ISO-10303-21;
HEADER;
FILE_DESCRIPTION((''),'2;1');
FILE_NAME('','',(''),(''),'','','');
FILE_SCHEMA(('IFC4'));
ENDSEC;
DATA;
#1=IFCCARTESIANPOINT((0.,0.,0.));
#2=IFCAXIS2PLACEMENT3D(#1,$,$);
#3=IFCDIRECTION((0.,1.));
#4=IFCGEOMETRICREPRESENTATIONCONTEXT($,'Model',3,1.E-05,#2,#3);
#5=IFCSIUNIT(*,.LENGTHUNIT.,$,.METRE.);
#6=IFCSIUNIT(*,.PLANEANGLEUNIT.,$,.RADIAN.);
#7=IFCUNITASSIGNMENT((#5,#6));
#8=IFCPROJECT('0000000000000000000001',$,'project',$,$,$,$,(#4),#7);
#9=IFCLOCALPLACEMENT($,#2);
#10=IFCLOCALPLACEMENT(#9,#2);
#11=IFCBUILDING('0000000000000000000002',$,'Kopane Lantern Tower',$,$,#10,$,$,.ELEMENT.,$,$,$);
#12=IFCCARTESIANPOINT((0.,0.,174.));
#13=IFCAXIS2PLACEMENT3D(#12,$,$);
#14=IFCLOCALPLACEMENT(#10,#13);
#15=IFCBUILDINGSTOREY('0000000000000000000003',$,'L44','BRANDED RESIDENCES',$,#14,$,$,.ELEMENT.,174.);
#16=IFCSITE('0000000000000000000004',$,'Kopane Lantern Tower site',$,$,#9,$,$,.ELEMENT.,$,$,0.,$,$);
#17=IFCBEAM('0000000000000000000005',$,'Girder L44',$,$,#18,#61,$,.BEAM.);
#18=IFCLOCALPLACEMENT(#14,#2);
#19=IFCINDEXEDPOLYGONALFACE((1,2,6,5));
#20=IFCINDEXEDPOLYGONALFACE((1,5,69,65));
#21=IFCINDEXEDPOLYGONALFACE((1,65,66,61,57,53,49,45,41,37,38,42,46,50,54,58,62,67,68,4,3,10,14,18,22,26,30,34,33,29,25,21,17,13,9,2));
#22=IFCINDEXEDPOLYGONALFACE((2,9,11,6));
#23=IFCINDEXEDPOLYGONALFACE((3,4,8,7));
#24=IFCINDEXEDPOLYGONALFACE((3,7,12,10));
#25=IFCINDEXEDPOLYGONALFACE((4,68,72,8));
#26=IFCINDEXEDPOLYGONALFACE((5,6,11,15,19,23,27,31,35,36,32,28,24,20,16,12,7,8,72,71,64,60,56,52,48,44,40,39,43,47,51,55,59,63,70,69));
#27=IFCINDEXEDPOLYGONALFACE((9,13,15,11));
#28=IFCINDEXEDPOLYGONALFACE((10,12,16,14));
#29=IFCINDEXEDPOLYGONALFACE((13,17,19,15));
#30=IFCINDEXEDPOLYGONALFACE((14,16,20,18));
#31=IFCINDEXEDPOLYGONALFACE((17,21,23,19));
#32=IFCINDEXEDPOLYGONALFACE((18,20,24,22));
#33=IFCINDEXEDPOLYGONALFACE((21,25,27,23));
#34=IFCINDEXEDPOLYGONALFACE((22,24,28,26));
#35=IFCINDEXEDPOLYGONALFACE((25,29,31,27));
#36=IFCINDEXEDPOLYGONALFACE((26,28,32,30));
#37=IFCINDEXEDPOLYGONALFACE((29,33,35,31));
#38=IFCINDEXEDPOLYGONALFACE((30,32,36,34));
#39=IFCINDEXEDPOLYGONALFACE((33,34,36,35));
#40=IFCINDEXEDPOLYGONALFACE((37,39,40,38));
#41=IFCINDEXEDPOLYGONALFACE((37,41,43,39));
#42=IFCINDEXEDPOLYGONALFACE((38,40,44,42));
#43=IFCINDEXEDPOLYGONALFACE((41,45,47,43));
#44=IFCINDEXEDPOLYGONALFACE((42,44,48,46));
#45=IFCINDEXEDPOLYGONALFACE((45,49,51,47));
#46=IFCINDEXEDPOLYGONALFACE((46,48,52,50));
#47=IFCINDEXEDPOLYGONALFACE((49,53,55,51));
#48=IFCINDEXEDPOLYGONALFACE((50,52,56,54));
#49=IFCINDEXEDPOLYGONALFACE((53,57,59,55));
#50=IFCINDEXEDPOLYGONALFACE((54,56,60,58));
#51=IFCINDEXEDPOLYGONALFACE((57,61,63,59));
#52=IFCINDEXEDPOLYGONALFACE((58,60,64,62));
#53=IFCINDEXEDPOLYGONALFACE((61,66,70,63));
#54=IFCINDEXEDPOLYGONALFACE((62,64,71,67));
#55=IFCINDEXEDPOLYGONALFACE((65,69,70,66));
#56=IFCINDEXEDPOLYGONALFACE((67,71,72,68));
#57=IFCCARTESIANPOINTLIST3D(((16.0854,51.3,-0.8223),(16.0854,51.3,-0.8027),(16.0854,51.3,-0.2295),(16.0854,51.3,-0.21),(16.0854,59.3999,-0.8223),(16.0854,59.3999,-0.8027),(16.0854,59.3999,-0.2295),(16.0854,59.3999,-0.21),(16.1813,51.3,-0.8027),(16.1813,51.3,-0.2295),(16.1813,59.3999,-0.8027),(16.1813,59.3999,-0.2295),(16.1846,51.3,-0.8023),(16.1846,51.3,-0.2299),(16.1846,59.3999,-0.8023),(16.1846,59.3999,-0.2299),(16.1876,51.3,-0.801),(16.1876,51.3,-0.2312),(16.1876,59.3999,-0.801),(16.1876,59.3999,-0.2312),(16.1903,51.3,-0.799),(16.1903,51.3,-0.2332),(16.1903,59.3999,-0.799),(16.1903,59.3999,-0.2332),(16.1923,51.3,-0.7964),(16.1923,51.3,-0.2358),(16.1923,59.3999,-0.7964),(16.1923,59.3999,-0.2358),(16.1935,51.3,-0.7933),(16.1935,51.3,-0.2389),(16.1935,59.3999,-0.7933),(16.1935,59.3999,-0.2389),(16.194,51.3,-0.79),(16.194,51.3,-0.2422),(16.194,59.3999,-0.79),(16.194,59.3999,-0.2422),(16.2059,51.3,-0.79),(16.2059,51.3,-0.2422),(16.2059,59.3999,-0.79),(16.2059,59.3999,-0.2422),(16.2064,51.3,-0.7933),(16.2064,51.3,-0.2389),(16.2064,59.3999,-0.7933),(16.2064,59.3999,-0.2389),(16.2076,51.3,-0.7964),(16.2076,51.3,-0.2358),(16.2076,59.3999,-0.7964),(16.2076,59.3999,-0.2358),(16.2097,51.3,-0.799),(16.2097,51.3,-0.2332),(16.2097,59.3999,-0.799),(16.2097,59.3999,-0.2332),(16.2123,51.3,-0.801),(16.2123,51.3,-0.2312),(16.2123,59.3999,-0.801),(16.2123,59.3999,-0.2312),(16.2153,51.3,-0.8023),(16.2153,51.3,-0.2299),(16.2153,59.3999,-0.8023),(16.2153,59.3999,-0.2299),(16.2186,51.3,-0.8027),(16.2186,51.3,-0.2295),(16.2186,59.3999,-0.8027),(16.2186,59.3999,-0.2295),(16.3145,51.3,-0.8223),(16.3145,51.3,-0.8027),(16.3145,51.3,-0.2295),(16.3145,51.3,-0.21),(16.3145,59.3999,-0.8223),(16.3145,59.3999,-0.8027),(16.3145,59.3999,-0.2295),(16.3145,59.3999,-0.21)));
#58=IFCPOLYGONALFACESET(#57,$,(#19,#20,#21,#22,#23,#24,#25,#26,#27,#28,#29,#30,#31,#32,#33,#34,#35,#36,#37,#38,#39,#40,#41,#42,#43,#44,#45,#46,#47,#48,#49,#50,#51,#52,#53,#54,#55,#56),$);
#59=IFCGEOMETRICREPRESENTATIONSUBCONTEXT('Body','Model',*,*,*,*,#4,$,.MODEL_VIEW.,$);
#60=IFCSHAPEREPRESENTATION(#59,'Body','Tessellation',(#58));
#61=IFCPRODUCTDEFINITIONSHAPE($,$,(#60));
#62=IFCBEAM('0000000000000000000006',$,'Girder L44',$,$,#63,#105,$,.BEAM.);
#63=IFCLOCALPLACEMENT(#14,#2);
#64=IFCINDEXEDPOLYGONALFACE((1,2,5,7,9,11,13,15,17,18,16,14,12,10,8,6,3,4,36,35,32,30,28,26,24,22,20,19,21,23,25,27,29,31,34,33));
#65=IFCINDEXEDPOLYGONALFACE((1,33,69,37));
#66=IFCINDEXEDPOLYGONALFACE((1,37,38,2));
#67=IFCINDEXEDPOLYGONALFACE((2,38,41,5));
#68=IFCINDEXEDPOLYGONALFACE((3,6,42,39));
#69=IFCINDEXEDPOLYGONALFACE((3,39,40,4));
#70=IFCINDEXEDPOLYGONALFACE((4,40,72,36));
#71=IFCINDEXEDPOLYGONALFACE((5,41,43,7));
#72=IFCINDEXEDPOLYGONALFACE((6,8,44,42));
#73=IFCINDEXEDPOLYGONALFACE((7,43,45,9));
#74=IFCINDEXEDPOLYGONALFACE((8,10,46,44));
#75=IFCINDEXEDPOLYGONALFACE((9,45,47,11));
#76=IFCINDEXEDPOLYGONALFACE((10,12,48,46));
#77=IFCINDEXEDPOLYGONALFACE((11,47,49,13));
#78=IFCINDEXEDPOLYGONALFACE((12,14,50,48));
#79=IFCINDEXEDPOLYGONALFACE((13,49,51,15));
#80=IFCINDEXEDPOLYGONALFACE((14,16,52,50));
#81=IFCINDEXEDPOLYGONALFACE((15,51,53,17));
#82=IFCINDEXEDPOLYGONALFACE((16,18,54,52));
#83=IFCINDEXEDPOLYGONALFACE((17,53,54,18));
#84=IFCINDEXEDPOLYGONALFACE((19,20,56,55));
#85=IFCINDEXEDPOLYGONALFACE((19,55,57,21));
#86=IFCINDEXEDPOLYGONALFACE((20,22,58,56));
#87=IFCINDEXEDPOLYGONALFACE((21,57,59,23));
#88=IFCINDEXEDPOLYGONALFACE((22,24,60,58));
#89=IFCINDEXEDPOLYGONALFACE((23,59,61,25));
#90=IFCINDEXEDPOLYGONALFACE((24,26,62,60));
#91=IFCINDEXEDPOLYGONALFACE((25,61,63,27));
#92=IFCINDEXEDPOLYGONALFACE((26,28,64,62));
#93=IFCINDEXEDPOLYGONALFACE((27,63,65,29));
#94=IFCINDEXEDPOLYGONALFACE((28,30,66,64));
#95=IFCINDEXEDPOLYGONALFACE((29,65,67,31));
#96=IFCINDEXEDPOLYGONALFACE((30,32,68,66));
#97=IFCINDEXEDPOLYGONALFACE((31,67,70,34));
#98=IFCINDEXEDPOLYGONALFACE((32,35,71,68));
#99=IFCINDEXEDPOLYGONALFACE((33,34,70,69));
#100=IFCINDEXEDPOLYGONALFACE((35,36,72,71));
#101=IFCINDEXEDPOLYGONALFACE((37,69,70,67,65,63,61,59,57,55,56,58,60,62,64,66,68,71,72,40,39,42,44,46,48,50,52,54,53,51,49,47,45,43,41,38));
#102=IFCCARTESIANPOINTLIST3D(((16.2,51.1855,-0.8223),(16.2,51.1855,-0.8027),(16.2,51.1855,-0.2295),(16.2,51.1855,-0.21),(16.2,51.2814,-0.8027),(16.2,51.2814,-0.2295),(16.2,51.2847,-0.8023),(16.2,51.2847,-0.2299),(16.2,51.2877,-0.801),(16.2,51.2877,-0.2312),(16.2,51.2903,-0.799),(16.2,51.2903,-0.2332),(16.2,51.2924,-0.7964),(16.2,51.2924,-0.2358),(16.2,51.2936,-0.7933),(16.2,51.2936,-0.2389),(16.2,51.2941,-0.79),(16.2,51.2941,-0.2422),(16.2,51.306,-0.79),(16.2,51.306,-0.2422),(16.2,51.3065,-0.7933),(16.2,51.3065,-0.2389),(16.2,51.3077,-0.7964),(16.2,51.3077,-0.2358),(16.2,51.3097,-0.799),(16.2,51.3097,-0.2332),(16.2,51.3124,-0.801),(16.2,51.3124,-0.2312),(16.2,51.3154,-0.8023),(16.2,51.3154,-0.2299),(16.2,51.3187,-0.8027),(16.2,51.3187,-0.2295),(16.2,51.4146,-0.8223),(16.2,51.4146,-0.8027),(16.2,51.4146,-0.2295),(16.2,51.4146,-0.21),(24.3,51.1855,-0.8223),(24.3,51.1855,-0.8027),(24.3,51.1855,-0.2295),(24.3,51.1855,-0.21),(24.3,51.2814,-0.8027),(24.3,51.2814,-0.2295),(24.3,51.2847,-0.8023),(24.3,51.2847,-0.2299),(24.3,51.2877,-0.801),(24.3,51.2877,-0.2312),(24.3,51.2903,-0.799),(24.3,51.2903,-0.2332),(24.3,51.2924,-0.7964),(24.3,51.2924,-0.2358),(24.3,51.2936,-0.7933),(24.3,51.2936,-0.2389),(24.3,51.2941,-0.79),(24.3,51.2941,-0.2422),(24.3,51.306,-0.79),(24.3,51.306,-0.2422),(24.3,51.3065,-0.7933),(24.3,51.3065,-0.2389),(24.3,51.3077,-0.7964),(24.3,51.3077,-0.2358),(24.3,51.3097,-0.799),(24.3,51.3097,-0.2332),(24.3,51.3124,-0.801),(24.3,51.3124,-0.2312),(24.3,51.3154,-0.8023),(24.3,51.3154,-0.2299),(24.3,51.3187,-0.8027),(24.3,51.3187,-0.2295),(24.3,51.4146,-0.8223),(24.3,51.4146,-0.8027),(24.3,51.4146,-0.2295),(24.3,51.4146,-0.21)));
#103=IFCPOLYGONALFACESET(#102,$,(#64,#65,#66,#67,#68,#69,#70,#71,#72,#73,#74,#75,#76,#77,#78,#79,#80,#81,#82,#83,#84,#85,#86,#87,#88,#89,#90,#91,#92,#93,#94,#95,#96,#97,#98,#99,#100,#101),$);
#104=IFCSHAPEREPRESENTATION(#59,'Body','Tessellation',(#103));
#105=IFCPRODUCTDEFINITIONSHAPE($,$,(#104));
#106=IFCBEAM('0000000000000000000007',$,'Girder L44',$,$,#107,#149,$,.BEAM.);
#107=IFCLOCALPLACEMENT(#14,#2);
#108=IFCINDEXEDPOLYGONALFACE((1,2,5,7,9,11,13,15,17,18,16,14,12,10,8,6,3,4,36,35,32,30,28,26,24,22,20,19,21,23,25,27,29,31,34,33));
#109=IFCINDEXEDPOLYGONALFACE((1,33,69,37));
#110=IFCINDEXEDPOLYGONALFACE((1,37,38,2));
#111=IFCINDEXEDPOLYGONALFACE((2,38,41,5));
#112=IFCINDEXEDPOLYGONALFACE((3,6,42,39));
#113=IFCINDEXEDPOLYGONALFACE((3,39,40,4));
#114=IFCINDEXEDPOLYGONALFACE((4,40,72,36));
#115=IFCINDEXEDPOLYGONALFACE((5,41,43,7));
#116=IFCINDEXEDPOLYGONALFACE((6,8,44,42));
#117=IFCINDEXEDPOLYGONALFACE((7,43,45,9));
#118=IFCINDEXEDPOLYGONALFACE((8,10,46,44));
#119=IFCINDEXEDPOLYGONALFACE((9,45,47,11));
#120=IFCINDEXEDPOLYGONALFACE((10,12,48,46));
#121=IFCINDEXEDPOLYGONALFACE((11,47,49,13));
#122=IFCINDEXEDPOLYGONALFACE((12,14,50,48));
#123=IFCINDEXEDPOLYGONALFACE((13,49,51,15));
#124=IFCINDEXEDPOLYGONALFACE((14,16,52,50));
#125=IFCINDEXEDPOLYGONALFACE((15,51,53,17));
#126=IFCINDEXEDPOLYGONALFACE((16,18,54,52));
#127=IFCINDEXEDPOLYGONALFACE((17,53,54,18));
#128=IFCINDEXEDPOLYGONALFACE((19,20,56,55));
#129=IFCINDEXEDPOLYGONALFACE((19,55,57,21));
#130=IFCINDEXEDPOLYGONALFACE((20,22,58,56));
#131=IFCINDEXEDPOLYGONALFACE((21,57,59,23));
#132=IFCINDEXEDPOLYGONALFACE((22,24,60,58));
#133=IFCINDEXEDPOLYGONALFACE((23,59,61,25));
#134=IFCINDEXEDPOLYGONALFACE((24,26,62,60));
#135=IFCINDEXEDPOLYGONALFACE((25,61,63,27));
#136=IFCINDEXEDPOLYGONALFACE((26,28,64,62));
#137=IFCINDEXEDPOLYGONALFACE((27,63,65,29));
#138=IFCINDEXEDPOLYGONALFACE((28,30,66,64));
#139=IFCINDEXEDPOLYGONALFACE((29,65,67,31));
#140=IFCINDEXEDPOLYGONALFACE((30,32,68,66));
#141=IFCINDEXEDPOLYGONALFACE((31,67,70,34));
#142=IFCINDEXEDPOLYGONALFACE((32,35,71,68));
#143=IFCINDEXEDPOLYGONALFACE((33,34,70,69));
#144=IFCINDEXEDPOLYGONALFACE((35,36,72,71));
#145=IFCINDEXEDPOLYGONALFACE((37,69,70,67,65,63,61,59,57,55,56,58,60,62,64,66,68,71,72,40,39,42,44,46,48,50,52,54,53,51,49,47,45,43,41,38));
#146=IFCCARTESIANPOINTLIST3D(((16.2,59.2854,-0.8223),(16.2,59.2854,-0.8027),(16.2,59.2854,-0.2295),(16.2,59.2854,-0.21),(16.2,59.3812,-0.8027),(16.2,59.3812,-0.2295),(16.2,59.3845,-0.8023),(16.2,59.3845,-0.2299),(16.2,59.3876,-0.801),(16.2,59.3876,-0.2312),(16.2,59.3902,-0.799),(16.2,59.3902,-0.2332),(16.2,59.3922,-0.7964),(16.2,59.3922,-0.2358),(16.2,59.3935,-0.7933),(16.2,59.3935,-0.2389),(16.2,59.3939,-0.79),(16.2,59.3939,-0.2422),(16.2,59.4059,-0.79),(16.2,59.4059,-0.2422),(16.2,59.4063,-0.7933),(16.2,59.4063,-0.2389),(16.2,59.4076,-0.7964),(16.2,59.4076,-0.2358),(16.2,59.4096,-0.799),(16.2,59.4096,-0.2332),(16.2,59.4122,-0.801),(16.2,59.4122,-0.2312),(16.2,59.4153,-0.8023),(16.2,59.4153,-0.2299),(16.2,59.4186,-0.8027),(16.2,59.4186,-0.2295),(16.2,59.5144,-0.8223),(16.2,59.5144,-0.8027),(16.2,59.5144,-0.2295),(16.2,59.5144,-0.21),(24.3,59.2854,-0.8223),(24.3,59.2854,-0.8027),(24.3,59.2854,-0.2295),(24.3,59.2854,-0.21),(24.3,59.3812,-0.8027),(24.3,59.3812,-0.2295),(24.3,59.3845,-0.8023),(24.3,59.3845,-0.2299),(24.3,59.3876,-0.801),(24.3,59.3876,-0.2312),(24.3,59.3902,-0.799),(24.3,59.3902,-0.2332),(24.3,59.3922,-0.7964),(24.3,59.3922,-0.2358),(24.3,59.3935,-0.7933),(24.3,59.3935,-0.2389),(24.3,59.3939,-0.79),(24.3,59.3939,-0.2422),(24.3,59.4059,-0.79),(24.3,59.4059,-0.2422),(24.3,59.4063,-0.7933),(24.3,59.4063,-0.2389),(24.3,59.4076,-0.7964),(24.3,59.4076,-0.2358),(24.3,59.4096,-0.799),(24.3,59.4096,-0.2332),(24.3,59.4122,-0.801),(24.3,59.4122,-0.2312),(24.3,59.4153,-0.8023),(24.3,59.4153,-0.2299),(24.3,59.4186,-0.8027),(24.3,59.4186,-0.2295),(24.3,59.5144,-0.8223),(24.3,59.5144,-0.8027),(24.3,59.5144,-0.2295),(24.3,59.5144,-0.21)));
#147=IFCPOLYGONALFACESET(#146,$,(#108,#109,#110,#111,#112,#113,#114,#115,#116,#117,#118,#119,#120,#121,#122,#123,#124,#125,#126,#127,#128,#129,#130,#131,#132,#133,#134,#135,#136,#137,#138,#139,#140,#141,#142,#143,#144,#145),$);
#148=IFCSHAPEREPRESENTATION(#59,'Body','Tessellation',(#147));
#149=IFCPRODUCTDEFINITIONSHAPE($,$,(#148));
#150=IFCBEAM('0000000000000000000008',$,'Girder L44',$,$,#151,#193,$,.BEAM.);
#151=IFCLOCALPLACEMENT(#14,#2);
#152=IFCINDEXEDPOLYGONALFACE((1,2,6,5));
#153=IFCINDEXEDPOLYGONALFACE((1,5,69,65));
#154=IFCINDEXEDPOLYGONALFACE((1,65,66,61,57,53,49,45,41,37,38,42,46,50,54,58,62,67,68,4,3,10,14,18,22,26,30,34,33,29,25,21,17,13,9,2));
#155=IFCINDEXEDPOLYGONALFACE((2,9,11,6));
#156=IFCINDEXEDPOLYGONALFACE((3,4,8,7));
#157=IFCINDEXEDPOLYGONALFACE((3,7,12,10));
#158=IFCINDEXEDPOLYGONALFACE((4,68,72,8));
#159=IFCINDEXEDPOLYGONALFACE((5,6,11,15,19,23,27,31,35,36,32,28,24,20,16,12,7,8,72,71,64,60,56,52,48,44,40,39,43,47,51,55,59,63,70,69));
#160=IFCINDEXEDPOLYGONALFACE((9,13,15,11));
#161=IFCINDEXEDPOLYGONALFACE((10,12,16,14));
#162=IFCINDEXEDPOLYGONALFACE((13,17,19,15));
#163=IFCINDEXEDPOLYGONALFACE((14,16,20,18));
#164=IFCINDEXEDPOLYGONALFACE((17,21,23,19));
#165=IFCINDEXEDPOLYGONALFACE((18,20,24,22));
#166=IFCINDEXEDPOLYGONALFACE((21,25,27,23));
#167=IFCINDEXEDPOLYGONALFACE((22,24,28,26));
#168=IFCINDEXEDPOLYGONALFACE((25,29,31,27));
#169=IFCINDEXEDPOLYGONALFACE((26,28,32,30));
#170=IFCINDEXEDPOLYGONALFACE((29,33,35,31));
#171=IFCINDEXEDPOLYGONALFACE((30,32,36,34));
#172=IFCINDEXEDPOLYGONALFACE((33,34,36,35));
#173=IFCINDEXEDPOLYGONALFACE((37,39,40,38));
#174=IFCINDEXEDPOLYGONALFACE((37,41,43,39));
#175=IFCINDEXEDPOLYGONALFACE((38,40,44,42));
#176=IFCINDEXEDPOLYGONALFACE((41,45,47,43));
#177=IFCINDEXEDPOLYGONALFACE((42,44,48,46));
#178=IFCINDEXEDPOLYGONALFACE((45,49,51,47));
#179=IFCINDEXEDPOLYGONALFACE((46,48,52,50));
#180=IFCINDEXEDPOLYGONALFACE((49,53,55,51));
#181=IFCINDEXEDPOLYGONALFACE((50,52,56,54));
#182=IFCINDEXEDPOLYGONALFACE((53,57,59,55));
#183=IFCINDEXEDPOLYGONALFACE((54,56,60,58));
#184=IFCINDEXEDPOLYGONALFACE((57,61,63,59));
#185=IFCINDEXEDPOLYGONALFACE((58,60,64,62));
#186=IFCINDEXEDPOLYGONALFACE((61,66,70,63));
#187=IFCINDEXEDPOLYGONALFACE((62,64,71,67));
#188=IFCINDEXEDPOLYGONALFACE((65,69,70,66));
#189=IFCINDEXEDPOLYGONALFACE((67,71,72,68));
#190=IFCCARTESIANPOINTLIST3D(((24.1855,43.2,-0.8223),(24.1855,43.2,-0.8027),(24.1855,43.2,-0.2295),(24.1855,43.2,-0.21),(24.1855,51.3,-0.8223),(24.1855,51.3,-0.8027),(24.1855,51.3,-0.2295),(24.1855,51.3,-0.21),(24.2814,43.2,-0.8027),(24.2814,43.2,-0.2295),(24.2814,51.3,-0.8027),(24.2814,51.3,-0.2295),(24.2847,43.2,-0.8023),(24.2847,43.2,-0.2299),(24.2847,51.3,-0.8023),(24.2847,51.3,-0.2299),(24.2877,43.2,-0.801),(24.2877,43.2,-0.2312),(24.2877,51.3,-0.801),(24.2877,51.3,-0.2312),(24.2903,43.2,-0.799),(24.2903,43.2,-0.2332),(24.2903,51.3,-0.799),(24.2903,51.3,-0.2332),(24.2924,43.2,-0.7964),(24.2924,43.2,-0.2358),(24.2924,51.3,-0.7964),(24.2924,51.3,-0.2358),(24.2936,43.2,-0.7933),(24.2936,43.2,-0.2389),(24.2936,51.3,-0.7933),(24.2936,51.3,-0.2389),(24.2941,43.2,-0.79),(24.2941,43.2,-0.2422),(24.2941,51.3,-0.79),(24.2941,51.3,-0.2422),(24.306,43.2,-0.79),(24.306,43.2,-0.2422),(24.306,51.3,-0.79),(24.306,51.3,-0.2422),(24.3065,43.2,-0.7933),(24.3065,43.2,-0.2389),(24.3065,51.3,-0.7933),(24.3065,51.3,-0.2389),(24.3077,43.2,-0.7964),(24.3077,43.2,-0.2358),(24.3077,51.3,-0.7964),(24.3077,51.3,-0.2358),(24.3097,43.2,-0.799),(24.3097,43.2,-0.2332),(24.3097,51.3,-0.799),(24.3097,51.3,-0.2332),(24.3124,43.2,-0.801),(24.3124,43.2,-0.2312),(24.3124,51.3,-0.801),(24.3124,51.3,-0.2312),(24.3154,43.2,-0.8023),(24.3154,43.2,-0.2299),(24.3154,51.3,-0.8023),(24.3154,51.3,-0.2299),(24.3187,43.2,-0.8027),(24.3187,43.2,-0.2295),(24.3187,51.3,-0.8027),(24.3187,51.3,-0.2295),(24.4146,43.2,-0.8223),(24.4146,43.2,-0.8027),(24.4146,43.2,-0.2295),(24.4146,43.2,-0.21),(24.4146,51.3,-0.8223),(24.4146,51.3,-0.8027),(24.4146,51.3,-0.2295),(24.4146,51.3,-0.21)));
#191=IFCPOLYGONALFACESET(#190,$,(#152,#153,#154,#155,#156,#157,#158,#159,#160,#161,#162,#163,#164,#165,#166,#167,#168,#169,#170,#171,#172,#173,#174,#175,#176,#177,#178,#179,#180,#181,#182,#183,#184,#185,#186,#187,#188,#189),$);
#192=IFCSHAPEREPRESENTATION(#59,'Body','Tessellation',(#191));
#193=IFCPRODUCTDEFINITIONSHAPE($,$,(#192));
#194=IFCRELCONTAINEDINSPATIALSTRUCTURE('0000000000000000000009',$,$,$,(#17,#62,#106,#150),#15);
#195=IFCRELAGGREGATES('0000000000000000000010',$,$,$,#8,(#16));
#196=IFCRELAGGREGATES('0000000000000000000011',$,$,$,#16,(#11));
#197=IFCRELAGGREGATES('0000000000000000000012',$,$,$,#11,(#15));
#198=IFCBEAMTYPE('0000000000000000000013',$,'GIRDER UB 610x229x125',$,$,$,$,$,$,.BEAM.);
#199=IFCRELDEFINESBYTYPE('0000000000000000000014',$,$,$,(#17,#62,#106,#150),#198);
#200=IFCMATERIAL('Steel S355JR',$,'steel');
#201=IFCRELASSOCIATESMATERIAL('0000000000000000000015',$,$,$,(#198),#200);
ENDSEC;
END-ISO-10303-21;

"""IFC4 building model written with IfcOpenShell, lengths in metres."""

from ifc_helpers import new_model, si_unit, direction, frame, origin, origin_2d, place, context, subcontext, project, spatial, i_section, extrude, material, material_profile, profile_set, type_object, element, save


model = new_model("IFC4")

# Units and contexts
model_context = context("Model", 3, precision=1e-05, world=origin(), true_north=direction((0.0, 1.0)))
body_context = subcontext(model_context, "Body", "Model", "MODEL_VIEW")
ifc_project = project(units=[si_unit("LENGTHUNIT", "METRE"), si_unit("PLANEANGLEUNIT", "RADIAN")], contexts=[model_context])

# Site, building, storey
site_placement = place(None, origin())
site = spatial("IfcSite", under=ifc_project, at=site_placement, Name="Kopane Lantern Tower site", CompositionType="ELEMENT", RefElevation=0.0)
building_placement = place(site_placement, origin())
building = spatial("IfcBuilding", under=site, at=building_placement, Name="Kopane Lantern Tower", CompositionType="ELEMENT")
storey_placement = place(building_placement, frame((0.0, 0.0, 174.0)))
storey = spatial("IfcBuildingStorey", under=building, at=storey_placement, Name="L44", Description="BRANDED RESIDENCES", CompositionType="ELEMENT", Elevation=174.0)

# Beams
ifc_material_1 = material(Name="Steel S355JR", Category="steel")
ifc_material_profile_1 = material_profile(ifc_material_1, i_section(OverallWidth=0.229, OverallDepth=0.6123, WebThickness=0.012, FlangeThickness=0.0195, FilletRadius=0.0127, at=origin_2d()), Name="UB 610x229x125")
ifc_profile_set_1 = profile_set([ifc_material_profile_1], Name="Steel S355JR")
beam_type = type_object("IfcBeamType", Name="GIRDER UB 610x229x125", PredefinedType="BEAM", material=ifc_profile_set_1)
beam_placement = place(storey_placement, frame((16.2, 51.3, -0.5161), z_axis=(0.0, 1.0, 0.0), x_axis=(-1.0, 0.0, 0.0)))
element("IfcBeam", 1, at=beam_placement, inside=storey, type_object=beam_type, Name="Girder L44", PredefinedType="BEAM", context=body_context, shape_type="SweptSolid", body=[
    extrude(i_section(OverallWidth=0.229, OverallDepth=0.6123, WebThickness=0.012, FlangeThickness=0.0195, FilletRadius=0.0127, at=origin_2d()), origin(), (0.0, 0.0, 1.0), 8.0999),
])
for number, where, z_axis, x_axis, name in (
    (2, (16.2, 51.3, -0.5161), (1.0, 0.0, 0.0), (0.0, 1.0, 0.0), "Girder L44"),
    (3, (16.2, 59.3999, -0.5161), (1.0, 0.0, 0.0), (0.0, 1.0, 0.0), "Girder L44"),
    (4, (24.3, 43.2, -0.5161), (0.0, 1.0, 0.0), (-1.0, 0.0, 0.0), "Girder L44"),
):
    element("IfcBeam", number, at=place(storey_placement, frame(where, z_axis=z_axis, x_axis=x_axis)), inside=storey, type_object=beam_type, Name=name, PredefinedType="BEAM", context=body_context, shape_type="SweptSolid", body=[
        extrude(i_section(OverallWidth=0.229, OverallDepth=0.6123, WebThickness=0.012, FlangeThickness=0.0195, FilletRadius=0.0127, at=origin_2d()), origin(), (0.0, 0.0, 1.0), 8.1001),
    ])

save(model, "model.ifc")
